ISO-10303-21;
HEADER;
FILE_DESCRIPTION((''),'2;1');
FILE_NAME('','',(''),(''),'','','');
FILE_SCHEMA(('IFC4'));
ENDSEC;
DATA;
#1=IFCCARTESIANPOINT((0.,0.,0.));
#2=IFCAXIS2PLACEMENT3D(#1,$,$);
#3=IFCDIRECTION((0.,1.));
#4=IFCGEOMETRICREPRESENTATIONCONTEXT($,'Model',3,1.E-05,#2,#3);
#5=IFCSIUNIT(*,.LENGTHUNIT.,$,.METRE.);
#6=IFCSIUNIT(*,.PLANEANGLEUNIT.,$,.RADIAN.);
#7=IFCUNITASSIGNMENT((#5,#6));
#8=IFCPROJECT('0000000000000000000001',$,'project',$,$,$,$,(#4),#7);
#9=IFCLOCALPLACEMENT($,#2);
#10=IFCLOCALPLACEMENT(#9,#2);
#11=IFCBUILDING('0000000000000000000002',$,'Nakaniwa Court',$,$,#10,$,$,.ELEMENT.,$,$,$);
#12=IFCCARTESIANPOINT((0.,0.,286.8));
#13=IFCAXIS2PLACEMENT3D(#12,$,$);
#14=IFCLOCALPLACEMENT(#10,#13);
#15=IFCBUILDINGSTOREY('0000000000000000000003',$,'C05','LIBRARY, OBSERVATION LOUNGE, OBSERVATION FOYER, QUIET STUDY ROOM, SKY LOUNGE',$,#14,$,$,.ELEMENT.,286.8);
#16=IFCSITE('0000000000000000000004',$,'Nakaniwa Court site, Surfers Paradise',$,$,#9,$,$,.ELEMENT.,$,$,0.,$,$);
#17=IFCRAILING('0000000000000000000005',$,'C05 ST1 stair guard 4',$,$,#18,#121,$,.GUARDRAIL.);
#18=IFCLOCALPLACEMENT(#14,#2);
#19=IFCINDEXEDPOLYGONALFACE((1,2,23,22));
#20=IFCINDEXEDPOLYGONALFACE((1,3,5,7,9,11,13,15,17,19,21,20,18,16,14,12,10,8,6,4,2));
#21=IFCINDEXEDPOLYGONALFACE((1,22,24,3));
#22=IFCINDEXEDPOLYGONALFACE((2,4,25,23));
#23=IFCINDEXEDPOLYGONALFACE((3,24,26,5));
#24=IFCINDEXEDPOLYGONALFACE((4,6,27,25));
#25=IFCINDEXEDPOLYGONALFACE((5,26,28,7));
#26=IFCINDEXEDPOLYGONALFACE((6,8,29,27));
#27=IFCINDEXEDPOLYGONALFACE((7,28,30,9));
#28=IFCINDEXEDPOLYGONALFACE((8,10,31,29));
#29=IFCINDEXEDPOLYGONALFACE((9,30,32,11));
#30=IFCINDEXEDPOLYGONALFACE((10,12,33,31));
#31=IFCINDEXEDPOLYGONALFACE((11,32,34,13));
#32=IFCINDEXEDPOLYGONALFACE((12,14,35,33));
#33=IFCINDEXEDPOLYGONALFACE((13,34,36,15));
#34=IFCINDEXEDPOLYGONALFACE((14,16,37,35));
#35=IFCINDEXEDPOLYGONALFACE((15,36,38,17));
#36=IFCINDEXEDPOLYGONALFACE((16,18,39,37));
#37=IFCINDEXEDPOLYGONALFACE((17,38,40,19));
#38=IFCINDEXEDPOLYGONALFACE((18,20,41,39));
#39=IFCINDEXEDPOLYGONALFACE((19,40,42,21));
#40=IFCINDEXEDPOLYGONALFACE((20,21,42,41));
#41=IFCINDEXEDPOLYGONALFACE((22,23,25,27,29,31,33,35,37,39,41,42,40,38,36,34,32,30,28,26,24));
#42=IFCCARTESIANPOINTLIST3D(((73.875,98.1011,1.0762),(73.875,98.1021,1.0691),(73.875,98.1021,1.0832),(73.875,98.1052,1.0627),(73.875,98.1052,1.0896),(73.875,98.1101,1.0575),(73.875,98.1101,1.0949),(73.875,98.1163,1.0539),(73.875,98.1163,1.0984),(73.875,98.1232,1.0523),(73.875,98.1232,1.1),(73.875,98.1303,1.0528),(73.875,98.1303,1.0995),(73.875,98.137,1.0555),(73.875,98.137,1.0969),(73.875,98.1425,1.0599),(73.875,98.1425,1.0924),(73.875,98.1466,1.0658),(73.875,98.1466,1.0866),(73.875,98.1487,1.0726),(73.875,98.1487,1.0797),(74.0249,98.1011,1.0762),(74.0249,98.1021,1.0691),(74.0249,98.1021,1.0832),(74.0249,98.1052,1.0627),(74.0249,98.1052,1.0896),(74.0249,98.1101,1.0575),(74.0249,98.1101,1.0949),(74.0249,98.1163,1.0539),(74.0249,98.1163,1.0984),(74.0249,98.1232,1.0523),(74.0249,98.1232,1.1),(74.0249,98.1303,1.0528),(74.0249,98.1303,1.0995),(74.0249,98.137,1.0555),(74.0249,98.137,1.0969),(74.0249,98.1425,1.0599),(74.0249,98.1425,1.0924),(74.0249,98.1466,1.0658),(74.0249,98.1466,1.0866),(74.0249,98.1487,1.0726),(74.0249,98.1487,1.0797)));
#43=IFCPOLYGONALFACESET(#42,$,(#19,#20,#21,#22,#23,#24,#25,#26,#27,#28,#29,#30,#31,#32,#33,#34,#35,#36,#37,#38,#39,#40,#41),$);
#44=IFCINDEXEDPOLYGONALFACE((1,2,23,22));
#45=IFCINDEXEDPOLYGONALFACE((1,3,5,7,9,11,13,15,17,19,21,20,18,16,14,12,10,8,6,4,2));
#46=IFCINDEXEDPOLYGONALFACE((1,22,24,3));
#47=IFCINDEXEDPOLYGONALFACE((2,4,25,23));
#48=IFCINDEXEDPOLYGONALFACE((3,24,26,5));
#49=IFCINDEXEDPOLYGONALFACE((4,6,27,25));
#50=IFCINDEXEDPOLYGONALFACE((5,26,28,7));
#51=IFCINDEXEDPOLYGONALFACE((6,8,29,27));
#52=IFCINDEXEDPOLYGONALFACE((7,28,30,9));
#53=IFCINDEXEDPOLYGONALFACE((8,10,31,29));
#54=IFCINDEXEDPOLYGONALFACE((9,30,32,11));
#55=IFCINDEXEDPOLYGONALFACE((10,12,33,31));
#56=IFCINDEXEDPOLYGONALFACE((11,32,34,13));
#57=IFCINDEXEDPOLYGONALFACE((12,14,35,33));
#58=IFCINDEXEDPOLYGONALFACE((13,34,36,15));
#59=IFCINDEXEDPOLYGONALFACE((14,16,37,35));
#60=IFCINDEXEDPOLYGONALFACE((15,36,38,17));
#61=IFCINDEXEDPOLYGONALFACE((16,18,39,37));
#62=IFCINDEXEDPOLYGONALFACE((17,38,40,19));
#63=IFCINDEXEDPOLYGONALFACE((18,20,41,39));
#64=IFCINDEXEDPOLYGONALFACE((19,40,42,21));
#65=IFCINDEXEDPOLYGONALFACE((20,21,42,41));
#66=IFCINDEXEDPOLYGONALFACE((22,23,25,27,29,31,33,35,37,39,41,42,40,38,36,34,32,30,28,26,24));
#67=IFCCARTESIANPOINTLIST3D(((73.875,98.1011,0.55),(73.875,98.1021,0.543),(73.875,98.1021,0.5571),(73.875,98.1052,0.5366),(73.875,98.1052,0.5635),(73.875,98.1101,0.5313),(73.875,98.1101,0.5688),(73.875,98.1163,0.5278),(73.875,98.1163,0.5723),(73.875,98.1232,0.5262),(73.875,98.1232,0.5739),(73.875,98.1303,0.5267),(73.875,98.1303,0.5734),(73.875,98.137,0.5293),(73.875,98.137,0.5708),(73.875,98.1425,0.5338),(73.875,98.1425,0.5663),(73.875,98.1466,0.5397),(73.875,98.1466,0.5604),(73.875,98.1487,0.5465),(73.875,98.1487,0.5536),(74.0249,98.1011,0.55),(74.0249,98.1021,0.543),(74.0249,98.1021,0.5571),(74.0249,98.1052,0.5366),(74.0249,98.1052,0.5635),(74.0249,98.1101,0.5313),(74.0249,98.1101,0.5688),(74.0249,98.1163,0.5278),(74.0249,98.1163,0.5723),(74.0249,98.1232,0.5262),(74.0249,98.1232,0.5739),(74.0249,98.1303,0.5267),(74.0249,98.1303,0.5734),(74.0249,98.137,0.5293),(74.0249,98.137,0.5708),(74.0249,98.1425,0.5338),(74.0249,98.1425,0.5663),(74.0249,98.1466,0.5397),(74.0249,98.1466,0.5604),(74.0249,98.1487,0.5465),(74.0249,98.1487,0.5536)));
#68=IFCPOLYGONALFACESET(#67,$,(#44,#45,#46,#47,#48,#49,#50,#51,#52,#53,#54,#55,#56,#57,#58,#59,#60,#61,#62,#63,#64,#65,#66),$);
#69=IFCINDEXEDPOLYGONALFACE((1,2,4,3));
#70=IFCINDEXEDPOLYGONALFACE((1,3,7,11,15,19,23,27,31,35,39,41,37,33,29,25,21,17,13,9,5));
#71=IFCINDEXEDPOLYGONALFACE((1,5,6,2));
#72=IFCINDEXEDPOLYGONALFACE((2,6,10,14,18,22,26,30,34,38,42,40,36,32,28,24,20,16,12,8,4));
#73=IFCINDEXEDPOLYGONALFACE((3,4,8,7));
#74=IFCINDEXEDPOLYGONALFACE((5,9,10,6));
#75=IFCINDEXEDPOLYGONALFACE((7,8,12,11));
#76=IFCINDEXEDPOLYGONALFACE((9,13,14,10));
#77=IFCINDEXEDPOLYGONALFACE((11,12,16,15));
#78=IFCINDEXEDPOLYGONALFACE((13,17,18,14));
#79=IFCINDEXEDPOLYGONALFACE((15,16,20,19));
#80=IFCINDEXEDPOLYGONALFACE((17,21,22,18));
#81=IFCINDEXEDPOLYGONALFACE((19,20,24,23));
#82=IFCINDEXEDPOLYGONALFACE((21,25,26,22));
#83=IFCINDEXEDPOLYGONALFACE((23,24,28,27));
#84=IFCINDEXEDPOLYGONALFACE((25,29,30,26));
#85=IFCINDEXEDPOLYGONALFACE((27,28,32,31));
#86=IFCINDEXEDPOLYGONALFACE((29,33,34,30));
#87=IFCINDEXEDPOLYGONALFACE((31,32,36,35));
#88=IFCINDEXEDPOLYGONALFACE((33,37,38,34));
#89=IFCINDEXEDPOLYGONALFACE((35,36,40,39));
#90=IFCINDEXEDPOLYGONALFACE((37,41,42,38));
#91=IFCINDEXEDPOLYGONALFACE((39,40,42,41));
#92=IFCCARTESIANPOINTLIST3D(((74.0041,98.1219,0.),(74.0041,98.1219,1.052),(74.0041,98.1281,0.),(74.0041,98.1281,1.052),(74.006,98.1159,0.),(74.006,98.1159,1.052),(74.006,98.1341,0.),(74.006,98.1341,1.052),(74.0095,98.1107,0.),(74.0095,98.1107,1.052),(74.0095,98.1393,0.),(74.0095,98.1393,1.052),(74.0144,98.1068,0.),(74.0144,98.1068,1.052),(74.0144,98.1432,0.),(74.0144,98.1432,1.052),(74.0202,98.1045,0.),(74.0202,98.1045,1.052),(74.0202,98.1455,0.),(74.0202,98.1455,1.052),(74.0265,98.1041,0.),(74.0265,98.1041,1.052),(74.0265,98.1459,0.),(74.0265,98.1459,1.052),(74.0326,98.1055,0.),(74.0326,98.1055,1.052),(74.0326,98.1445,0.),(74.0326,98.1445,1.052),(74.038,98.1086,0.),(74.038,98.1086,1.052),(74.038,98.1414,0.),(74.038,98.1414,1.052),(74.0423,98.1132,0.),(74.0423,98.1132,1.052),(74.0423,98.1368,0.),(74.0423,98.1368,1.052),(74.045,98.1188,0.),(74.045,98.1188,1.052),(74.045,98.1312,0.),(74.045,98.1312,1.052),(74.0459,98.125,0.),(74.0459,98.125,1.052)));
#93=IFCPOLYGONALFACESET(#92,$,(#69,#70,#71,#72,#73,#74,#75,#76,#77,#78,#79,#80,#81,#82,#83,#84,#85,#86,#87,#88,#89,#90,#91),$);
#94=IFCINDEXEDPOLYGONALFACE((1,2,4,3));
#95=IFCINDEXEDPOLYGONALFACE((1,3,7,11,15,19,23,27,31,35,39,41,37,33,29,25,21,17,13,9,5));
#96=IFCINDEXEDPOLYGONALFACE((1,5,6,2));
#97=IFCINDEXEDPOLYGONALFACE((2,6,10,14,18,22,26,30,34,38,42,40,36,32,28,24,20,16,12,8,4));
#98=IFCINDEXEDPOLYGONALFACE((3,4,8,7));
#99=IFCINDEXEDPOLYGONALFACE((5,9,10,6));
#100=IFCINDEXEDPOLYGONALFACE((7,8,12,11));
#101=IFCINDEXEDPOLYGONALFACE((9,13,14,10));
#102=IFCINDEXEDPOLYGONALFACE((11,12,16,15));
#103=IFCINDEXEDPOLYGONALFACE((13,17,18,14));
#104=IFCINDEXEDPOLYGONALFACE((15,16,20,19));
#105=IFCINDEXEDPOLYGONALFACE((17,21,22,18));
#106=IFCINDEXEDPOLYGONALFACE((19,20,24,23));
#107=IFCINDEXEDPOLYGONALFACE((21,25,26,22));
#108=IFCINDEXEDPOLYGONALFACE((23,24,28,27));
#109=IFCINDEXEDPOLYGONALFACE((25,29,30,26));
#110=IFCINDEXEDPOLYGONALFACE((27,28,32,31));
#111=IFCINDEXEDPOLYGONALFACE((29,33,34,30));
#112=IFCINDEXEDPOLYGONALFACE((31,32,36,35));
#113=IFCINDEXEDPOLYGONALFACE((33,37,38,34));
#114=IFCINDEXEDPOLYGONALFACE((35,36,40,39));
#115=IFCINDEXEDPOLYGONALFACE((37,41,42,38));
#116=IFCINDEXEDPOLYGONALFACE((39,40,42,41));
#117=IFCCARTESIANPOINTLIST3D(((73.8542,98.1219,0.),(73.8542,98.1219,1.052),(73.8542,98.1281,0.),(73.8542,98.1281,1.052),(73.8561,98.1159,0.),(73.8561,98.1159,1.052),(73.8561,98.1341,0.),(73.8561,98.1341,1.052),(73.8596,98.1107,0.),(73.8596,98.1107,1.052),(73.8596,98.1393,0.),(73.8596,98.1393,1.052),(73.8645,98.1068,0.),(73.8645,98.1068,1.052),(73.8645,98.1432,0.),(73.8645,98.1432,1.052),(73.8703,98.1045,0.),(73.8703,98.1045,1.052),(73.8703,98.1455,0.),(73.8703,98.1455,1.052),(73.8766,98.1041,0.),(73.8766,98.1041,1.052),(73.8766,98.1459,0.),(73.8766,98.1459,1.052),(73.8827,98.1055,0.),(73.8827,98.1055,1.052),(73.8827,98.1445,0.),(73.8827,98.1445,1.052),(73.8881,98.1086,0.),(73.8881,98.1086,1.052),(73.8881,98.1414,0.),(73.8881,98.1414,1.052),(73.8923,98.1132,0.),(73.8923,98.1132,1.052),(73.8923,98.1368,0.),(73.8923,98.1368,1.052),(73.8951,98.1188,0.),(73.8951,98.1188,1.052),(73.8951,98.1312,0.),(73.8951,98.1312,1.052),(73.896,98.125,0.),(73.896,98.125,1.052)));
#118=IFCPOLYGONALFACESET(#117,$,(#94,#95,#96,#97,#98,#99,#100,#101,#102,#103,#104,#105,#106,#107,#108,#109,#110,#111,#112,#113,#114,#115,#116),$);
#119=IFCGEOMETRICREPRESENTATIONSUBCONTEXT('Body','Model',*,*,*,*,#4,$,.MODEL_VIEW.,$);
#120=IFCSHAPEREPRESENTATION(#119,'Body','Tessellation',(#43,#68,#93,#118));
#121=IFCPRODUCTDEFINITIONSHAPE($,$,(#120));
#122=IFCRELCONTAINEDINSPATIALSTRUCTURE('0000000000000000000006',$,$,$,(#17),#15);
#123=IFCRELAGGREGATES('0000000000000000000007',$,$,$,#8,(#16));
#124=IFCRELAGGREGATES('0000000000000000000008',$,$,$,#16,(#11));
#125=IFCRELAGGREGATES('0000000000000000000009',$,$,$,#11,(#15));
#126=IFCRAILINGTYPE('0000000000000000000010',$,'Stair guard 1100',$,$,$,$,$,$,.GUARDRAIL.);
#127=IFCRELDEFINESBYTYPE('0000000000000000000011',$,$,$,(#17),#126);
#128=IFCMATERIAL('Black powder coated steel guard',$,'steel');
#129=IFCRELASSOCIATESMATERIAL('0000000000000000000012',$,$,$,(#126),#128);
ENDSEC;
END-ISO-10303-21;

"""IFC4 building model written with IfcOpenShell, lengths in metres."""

from ifc_helpers import new_model, si_unit, direction, frame, origin, origin_2d, place, context, subcontext, project, spatial, circle, extrude, material, type_object, element, save


model = new_model("IFC4")

# Units and contexts
model_context = context("Model", 3, precision=1e-05, world=origin(), true_north=direction((0.0, 1.0)))
body_context = subcontext(model_context, "Body", "Model", "MODEL_VIEW")
ifc_project = project(units=[si_unit("LENGTHUNIT", "METRE"), si_unit("PLANEANGLEUNIT", "RADIAN")], contexts=[model_context])

# Site, building, storey
site_placement = place(None, origin())
site = spatial("IfcSite", under=ifc_project, at=site_placement, Name="Nakaniwa Court site, Surfers Paradise", CompositionType="ELEMENT", RefElevation=0.0)
building_placement = place(site_placement, origin())
building = spatial("IfcBuilding", under=site, at=building_placement, Name="Nakaniwa Court", CompositionType="ELEMENT")
storey_placement = place(building_placement, frame((0.0, 0.0, 286.8)))
storey = spatial("IfcBuildingStorey", under=building, at=storey_placement, Name="C05", Description="LIBRARY, OBSERVATION LOUNGE, OBSERVATION FOYER, QUIET STUDY ROOM, SKY LOUNGE", CompositionType="ELEMENT", Elevation=286.8)

# Railing
ifc_material_1 = material(Name="Black powder coated steel guard", Category="steel")
railing_type = type_object("IfcRailingType", Name="Stair guard 1100", PredefinedType="GUARDRAIL", material=ifc_material_1)
railing_1_placement = place(storey_placement, frame((74.0249, 98.125, 0.0)))
element("IfcRailing", 1, at=railing_1_placement, inside=storey, type_object=railing_type, Name="C05 ST1 stair guard 4", PredefinedType="GUARDRAIL", context=body_context, shape_type="SweptSolid", body=[
    extrude(circle(Radius=0.0239, at=origin_2d()), frame((0.0, 0.0, 1.0762), z_axis=(-1.0, 0.0, 0.0), x_axis=(0.0, -1.0, 0.0)), (0.0, 0.0, 1.0), 0.1499),
    extrude(circle(Radius=0.0239, at=origin_2d()), frame((0.0, 0.0, 0.55), z_axis=(-1.0, 0.0, 0.0), x_axis=(0.0, -1.0, 0.0)), (0.0, 0.0, 1.0), 0.1499),
    extrude(circle(Radius=0.021, at=origin_2d()), origin(), (0.0, 0.0, 1.0), 1.052),
    extrude(circle(Radius=0.021, at=origin_2d()), frame((-0.1499, 0.0, 0.0)), (0.0, 0.0, 1.0), 1.052),
])

save(model, "model.ifc")
